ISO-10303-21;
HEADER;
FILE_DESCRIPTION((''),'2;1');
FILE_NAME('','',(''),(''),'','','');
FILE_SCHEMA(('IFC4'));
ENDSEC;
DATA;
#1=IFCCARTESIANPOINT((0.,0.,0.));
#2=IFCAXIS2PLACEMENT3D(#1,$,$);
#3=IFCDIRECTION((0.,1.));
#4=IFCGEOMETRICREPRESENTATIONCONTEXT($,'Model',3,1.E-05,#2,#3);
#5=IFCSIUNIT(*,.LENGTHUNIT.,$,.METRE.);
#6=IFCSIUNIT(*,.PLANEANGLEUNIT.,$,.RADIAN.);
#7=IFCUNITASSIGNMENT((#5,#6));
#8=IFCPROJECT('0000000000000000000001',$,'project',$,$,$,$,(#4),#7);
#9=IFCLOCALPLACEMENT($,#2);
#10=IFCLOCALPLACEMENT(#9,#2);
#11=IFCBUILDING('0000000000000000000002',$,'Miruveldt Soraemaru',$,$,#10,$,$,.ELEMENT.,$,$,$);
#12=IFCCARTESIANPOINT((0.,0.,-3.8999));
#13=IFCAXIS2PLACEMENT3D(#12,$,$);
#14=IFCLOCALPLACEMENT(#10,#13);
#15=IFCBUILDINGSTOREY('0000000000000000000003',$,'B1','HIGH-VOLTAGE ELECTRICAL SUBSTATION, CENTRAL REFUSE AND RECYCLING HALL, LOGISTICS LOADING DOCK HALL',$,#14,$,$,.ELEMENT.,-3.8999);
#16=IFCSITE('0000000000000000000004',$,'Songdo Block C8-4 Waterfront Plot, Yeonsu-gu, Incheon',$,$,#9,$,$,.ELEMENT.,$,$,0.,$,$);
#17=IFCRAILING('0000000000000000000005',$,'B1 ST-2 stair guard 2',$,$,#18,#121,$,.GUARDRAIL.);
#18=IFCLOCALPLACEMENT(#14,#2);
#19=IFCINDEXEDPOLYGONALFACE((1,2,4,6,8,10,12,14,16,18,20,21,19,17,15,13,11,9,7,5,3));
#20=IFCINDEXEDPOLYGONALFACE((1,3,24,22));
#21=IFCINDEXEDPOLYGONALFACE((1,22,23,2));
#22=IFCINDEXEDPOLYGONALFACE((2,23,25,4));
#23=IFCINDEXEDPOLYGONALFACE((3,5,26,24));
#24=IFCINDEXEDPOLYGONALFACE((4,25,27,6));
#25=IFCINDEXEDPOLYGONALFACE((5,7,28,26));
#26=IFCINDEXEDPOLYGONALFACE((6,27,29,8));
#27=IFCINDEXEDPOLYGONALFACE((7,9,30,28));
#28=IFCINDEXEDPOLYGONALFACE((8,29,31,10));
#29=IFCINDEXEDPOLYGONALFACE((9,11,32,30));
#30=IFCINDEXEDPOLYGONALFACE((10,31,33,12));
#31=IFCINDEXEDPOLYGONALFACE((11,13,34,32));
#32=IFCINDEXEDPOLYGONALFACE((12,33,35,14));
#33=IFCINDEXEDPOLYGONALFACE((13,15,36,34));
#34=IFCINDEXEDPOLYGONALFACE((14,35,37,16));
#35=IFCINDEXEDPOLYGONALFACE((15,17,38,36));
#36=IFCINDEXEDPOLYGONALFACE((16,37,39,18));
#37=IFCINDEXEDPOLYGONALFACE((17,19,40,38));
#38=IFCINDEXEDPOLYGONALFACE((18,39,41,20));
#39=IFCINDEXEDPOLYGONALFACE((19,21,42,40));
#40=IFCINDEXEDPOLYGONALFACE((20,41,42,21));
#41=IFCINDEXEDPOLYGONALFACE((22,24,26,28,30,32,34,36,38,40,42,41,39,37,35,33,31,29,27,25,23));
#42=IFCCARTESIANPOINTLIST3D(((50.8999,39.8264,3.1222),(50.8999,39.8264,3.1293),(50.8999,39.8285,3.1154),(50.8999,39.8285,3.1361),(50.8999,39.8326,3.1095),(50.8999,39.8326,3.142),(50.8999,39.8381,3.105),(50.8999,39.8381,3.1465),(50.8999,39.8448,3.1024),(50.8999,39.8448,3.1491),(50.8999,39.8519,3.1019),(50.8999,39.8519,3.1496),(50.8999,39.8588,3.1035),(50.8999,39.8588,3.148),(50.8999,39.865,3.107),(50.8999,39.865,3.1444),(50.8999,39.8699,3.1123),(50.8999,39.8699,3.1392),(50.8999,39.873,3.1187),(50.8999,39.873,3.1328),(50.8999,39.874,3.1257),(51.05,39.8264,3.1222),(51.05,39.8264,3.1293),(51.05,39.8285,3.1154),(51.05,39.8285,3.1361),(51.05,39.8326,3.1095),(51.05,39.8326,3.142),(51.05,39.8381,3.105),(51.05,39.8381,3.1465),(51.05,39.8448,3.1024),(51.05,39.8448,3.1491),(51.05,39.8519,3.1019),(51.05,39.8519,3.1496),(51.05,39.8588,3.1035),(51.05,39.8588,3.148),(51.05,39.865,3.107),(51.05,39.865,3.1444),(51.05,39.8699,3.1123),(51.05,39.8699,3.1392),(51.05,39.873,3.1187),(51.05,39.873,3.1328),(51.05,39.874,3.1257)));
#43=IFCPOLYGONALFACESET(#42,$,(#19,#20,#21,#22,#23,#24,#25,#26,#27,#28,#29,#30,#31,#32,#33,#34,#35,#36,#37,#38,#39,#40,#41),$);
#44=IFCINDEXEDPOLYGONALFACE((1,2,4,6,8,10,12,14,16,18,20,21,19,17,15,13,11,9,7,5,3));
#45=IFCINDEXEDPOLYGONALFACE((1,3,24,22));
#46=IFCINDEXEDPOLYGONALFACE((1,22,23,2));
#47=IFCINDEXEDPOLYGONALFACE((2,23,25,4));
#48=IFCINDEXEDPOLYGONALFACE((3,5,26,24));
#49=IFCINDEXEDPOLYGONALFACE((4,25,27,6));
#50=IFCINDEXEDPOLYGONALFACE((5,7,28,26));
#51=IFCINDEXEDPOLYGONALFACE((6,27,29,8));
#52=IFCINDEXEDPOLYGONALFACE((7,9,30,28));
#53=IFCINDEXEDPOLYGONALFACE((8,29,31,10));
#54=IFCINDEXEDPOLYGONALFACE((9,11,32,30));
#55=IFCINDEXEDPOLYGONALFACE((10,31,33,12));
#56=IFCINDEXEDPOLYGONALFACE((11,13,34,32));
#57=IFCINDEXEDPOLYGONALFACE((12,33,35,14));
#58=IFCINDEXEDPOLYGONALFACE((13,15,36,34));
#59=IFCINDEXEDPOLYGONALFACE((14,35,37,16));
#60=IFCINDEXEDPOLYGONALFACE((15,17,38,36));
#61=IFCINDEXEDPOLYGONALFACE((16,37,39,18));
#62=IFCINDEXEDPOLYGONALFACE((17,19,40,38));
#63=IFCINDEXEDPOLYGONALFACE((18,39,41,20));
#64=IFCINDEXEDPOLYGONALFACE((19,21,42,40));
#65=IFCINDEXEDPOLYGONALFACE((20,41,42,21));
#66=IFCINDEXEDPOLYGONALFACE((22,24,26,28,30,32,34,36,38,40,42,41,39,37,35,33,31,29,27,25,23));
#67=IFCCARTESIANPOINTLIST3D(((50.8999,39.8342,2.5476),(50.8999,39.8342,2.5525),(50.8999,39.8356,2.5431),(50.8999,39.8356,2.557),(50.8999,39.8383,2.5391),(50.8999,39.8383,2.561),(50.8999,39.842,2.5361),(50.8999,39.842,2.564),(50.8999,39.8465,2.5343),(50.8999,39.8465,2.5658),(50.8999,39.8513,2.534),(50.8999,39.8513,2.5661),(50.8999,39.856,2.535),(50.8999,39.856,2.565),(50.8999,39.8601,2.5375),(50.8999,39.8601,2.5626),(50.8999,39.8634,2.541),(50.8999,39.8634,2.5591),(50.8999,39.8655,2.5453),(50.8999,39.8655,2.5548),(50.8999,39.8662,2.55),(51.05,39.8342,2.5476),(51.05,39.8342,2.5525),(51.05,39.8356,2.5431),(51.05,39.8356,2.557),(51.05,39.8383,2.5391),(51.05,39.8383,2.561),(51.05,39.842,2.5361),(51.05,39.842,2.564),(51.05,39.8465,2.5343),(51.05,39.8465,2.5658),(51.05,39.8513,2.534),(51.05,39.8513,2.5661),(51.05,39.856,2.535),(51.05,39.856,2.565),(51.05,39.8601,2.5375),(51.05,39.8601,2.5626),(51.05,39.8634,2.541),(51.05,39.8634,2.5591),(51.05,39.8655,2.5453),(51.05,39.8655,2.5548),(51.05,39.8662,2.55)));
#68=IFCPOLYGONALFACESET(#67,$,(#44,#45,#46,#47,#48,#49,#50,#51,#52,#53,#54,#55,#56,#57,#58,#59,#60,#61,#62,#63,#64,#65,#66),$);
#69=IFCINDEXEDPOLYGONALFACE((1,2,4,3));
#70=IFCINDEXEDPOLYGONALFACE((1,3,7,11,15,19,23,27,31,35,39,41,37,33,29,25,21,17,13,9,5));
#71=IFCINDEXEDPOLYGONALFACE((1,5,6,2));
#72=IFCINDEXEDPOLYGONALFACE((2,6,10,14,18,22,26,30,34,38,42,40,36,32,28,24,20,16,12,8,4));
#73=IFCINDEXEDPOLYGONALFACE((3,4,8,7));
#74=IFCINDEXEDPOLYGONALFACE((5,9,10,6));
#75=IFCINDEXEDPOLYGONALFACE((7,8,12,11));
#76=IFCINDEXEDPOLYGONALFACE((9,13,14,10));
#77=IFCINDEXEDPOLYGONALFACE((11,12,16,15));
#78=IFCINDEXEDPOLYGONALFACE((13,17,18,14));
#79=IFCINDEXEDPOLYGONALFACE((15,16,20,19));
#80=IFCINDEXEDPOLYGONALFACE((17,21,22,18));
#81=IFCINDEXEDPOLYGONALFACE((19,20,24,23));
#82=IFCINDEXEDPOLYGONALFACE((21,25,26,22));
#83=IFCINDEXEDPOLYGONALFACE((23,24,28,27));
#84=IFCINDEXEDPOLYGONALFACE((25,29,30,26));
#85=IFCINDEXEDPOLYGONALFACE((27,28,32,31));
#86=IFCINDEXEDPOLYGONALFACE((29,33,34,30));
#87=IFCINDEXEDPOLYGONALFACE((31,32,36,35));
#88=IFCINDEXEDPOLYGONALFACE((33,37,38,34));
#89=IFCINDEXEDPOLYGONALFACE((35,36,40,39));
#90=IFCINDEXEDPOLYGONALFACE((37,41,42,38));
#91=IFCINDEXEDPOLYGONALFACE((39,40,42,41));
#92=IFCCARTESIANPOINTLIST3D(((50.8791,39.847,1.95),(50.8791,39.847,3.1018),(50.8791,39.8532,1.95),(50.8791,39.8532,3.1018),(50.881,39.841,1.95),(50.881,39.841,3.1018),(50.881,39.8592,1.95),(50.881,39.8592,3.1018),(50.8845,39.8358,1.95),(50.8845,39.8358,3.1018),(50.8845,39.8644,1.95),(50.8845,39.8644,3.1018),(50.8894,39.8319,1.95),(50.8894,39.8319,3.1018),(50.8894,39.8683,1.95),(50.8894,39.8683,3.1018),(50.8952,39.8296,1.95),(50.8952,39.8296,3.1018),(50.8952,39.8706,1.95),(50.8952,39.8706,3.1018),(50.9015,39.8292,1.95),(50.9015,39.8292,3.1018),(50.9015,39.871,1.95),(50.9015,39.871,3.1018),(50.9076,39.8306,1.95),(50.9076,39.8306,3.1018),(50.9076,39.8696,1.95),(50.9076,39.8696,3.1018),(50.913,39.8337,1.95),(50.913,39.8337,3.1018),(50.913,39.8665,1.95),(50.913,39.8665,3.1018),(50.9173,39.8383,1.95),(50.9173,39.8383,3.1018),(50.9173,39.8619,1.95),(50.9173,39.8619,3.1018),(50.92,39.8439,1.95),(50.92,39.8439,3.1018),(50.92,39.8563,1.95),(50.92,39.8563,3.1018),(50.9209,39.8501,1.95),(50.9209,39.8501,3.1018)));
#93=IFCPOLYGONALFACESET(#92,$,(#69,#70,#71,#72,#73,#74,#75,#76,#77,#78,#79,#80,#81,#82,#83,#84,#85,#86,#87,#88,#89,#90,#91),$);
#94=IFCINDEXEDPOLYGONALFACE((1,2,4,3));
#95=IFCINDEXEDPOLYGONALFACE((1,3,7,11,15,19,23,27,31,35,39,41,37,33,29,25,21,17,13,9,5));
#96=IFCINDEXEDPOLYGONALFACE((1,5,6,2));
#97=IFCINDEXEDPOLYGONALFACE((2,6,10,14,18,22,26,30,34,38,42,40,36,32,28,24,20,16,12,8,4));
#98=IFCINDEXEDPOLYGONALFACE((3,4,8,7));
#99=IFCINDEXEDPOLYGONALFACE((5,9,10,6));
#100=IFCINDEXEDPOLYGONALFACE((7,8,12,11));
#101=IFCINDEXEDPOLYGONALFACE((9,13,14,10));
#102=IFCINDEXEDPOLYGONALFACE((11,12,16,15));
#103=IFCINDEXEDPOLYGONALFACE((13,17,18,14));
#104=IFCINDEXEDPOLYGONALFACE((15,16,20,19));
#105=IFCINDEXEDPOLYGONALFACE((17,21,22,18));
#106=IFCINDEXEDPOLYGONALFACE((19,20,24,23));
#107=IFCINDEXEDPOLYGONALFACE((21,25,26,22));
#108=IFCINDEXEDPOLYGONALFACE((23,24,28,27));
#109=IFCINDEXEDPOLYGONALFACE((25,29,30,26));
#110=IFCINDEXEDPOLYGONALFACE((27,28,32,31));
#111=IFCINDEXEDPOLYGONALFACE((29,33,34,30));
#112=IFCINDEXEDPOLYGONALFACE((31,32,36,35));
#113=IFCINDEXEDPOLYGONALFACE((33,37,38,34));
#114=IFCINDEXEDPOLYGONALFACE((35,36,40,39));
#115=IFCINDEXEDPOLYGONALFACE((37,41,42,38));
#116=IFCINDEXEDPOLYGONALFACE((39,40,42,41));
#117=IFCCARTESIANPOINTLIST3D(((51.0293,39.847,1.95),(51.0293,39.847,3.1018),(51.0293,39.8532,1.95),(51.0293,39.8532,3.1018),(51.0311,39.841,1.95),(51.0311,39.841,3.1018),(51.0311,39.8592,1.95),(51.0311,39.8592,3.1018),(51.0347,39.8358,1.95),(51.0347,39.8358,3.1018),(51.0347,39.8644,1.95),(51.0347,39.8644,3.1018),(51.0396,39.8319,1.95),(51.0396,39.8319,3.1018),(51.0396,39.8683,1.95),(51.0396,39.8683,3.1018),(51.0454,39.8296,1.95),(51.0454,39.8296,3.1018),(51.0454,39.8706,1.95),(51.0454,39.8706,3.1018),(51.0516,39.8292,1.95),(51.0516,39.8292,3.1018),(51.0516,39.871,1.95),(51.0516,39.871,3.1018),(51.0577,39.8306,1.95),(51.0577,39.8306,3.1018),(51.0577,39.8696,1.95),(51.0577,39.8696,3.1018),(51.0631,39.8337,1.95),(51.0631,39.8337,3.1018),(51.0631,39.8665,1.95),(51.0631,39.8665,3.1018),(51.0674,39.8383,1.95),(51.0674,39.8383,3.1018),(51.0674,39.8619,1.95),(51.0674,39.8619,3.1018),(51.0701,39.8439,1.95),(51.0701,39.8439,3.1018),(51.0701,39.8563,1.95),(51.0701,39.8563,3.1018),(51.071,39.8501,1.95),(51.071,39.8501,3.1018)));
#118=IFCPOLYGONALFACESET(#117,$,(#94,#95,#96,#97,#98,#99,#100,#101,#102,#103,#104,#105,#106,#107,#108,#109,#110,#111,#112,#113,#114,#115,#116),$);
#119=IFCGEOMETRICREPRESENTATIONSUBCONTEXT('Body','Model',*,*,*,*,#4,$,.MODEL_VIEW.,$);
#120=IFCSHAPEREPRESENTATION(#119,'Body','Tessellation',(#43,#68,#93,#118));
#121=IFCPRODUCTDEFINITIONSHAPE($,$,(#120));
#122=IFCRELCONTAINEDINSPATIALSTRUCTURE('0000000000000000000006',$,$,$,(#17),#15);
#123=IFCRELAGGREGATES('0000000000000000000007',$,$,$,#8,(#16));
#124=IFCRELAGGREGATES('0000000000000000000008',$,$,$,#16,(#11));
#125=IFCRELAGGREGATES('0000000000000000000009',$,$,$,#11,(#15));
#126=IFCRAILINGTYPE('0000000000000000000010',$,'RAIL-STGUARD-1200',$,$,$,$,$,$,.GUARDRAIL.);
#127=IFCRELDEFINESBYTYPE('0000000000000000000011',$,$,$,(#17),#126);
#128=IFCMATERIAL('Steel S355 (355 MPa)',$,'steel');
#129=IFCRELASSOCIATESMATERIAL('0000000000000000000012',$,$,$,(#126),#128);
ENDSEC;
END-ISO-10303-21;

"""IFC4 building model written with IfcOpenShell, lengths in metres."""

from ifc_helpers import new_model, si_unit, direction, frame, origin, origin_2d, place, context, subcontext, project, spatial, circle, extrude, material, type_object, element, save


model = new_model("IFC4")

# Units and contexts
model_context = context("Model", 3, precision=1e-05, world=origin(), true_north=direction((0.0, 1.0)))
body_context = subcontext(model_context, "Body", "Model", "MODEL_VIEW")
ifc_project = project(units=[si_unit("LENGTHUNIT", "METRE"), si_unit("PLANEANGLEUNIT", "RADIAN")], contexts=[model_context])

# Site, building, storey
site_placement = place(None, origin())
site = spatial("IfcSite", under=ifc_project, at=site_placement, Name="Songdo Block C8-4 Waterfront Plot, Yeonsu-gu, Incheon", CompositionType="ELEMENT", RefElevation=0.0)
building_placement = place(site_placement, origin())
building = spatial("IfcBuilding", under=site, at=building_placement, Name="Miruveldt Soraemaru", CompositionType="ELEMENT")
storey_placement = place(building_placement, frame((0.0, 0.0, -3.8999)))
storey = spatial("IfcBuildingStorey", under=building, at=storey_placement, Name="B1", Description="HIGH-VOLTAGE ELECTRICAL SUBSTATION, CENTRAL REFUSE AND RECYCLING HALL, LOGISTICS LOADING DOCK HALL", CompositionType="ELEMENT", Elevation=-3.8999)

# Railing
ifc_material_1 = material(Name="Steel S355 (355 MPa)", Category="steel")
railing_type = type_object("IfcRailingType", Name="RAIL-STGUARD-1200", PredefinedType="GUARDRAIL", material=ifc_material_1)
railing_1_placement = place(storey_placement, frame((50.8999, 39.8501, 1.95)))
element("IfcRailing", 1, at=railing_1_placement, inside=storey, type_object=railing_type, Name="B1 ST-2 stair guard 2", PredefinedType="GUARDRAIL", context=body_context, shape_type="SweptSolid", body=[
    extrude(circle(Radius=0.0239, at=origin_2d()), frame((0.0, 0.0, 1.1758), z_axis=(1.0, 0.0, 0.0), x_axis=(0.0, 1.0, 0.0)), (0.0, 0.0, 1.0), 0.1501),
    extrude(circle(Radius=0.0161, at=origin_2d()), frame((0.0, 0.0, 0.6001), z_axis=(1.0, 0.0, 0.0), x_axis=(0.0, 1.0, 0.0)), (0.0, 0.0, 1.0), 0.1501),
    extrude(circle(Radius=0.021, at=origin_2d()), origin(), (0.0, 0.0, 1.0), 1.1519),
    extrude(circle(Radius=0.021, at=origin_2d()), frame((0.1501, 0.0, 0.0)), (0.0, 0.0, 1.0), 1.1519),
])

save(model, "model.ifc")
